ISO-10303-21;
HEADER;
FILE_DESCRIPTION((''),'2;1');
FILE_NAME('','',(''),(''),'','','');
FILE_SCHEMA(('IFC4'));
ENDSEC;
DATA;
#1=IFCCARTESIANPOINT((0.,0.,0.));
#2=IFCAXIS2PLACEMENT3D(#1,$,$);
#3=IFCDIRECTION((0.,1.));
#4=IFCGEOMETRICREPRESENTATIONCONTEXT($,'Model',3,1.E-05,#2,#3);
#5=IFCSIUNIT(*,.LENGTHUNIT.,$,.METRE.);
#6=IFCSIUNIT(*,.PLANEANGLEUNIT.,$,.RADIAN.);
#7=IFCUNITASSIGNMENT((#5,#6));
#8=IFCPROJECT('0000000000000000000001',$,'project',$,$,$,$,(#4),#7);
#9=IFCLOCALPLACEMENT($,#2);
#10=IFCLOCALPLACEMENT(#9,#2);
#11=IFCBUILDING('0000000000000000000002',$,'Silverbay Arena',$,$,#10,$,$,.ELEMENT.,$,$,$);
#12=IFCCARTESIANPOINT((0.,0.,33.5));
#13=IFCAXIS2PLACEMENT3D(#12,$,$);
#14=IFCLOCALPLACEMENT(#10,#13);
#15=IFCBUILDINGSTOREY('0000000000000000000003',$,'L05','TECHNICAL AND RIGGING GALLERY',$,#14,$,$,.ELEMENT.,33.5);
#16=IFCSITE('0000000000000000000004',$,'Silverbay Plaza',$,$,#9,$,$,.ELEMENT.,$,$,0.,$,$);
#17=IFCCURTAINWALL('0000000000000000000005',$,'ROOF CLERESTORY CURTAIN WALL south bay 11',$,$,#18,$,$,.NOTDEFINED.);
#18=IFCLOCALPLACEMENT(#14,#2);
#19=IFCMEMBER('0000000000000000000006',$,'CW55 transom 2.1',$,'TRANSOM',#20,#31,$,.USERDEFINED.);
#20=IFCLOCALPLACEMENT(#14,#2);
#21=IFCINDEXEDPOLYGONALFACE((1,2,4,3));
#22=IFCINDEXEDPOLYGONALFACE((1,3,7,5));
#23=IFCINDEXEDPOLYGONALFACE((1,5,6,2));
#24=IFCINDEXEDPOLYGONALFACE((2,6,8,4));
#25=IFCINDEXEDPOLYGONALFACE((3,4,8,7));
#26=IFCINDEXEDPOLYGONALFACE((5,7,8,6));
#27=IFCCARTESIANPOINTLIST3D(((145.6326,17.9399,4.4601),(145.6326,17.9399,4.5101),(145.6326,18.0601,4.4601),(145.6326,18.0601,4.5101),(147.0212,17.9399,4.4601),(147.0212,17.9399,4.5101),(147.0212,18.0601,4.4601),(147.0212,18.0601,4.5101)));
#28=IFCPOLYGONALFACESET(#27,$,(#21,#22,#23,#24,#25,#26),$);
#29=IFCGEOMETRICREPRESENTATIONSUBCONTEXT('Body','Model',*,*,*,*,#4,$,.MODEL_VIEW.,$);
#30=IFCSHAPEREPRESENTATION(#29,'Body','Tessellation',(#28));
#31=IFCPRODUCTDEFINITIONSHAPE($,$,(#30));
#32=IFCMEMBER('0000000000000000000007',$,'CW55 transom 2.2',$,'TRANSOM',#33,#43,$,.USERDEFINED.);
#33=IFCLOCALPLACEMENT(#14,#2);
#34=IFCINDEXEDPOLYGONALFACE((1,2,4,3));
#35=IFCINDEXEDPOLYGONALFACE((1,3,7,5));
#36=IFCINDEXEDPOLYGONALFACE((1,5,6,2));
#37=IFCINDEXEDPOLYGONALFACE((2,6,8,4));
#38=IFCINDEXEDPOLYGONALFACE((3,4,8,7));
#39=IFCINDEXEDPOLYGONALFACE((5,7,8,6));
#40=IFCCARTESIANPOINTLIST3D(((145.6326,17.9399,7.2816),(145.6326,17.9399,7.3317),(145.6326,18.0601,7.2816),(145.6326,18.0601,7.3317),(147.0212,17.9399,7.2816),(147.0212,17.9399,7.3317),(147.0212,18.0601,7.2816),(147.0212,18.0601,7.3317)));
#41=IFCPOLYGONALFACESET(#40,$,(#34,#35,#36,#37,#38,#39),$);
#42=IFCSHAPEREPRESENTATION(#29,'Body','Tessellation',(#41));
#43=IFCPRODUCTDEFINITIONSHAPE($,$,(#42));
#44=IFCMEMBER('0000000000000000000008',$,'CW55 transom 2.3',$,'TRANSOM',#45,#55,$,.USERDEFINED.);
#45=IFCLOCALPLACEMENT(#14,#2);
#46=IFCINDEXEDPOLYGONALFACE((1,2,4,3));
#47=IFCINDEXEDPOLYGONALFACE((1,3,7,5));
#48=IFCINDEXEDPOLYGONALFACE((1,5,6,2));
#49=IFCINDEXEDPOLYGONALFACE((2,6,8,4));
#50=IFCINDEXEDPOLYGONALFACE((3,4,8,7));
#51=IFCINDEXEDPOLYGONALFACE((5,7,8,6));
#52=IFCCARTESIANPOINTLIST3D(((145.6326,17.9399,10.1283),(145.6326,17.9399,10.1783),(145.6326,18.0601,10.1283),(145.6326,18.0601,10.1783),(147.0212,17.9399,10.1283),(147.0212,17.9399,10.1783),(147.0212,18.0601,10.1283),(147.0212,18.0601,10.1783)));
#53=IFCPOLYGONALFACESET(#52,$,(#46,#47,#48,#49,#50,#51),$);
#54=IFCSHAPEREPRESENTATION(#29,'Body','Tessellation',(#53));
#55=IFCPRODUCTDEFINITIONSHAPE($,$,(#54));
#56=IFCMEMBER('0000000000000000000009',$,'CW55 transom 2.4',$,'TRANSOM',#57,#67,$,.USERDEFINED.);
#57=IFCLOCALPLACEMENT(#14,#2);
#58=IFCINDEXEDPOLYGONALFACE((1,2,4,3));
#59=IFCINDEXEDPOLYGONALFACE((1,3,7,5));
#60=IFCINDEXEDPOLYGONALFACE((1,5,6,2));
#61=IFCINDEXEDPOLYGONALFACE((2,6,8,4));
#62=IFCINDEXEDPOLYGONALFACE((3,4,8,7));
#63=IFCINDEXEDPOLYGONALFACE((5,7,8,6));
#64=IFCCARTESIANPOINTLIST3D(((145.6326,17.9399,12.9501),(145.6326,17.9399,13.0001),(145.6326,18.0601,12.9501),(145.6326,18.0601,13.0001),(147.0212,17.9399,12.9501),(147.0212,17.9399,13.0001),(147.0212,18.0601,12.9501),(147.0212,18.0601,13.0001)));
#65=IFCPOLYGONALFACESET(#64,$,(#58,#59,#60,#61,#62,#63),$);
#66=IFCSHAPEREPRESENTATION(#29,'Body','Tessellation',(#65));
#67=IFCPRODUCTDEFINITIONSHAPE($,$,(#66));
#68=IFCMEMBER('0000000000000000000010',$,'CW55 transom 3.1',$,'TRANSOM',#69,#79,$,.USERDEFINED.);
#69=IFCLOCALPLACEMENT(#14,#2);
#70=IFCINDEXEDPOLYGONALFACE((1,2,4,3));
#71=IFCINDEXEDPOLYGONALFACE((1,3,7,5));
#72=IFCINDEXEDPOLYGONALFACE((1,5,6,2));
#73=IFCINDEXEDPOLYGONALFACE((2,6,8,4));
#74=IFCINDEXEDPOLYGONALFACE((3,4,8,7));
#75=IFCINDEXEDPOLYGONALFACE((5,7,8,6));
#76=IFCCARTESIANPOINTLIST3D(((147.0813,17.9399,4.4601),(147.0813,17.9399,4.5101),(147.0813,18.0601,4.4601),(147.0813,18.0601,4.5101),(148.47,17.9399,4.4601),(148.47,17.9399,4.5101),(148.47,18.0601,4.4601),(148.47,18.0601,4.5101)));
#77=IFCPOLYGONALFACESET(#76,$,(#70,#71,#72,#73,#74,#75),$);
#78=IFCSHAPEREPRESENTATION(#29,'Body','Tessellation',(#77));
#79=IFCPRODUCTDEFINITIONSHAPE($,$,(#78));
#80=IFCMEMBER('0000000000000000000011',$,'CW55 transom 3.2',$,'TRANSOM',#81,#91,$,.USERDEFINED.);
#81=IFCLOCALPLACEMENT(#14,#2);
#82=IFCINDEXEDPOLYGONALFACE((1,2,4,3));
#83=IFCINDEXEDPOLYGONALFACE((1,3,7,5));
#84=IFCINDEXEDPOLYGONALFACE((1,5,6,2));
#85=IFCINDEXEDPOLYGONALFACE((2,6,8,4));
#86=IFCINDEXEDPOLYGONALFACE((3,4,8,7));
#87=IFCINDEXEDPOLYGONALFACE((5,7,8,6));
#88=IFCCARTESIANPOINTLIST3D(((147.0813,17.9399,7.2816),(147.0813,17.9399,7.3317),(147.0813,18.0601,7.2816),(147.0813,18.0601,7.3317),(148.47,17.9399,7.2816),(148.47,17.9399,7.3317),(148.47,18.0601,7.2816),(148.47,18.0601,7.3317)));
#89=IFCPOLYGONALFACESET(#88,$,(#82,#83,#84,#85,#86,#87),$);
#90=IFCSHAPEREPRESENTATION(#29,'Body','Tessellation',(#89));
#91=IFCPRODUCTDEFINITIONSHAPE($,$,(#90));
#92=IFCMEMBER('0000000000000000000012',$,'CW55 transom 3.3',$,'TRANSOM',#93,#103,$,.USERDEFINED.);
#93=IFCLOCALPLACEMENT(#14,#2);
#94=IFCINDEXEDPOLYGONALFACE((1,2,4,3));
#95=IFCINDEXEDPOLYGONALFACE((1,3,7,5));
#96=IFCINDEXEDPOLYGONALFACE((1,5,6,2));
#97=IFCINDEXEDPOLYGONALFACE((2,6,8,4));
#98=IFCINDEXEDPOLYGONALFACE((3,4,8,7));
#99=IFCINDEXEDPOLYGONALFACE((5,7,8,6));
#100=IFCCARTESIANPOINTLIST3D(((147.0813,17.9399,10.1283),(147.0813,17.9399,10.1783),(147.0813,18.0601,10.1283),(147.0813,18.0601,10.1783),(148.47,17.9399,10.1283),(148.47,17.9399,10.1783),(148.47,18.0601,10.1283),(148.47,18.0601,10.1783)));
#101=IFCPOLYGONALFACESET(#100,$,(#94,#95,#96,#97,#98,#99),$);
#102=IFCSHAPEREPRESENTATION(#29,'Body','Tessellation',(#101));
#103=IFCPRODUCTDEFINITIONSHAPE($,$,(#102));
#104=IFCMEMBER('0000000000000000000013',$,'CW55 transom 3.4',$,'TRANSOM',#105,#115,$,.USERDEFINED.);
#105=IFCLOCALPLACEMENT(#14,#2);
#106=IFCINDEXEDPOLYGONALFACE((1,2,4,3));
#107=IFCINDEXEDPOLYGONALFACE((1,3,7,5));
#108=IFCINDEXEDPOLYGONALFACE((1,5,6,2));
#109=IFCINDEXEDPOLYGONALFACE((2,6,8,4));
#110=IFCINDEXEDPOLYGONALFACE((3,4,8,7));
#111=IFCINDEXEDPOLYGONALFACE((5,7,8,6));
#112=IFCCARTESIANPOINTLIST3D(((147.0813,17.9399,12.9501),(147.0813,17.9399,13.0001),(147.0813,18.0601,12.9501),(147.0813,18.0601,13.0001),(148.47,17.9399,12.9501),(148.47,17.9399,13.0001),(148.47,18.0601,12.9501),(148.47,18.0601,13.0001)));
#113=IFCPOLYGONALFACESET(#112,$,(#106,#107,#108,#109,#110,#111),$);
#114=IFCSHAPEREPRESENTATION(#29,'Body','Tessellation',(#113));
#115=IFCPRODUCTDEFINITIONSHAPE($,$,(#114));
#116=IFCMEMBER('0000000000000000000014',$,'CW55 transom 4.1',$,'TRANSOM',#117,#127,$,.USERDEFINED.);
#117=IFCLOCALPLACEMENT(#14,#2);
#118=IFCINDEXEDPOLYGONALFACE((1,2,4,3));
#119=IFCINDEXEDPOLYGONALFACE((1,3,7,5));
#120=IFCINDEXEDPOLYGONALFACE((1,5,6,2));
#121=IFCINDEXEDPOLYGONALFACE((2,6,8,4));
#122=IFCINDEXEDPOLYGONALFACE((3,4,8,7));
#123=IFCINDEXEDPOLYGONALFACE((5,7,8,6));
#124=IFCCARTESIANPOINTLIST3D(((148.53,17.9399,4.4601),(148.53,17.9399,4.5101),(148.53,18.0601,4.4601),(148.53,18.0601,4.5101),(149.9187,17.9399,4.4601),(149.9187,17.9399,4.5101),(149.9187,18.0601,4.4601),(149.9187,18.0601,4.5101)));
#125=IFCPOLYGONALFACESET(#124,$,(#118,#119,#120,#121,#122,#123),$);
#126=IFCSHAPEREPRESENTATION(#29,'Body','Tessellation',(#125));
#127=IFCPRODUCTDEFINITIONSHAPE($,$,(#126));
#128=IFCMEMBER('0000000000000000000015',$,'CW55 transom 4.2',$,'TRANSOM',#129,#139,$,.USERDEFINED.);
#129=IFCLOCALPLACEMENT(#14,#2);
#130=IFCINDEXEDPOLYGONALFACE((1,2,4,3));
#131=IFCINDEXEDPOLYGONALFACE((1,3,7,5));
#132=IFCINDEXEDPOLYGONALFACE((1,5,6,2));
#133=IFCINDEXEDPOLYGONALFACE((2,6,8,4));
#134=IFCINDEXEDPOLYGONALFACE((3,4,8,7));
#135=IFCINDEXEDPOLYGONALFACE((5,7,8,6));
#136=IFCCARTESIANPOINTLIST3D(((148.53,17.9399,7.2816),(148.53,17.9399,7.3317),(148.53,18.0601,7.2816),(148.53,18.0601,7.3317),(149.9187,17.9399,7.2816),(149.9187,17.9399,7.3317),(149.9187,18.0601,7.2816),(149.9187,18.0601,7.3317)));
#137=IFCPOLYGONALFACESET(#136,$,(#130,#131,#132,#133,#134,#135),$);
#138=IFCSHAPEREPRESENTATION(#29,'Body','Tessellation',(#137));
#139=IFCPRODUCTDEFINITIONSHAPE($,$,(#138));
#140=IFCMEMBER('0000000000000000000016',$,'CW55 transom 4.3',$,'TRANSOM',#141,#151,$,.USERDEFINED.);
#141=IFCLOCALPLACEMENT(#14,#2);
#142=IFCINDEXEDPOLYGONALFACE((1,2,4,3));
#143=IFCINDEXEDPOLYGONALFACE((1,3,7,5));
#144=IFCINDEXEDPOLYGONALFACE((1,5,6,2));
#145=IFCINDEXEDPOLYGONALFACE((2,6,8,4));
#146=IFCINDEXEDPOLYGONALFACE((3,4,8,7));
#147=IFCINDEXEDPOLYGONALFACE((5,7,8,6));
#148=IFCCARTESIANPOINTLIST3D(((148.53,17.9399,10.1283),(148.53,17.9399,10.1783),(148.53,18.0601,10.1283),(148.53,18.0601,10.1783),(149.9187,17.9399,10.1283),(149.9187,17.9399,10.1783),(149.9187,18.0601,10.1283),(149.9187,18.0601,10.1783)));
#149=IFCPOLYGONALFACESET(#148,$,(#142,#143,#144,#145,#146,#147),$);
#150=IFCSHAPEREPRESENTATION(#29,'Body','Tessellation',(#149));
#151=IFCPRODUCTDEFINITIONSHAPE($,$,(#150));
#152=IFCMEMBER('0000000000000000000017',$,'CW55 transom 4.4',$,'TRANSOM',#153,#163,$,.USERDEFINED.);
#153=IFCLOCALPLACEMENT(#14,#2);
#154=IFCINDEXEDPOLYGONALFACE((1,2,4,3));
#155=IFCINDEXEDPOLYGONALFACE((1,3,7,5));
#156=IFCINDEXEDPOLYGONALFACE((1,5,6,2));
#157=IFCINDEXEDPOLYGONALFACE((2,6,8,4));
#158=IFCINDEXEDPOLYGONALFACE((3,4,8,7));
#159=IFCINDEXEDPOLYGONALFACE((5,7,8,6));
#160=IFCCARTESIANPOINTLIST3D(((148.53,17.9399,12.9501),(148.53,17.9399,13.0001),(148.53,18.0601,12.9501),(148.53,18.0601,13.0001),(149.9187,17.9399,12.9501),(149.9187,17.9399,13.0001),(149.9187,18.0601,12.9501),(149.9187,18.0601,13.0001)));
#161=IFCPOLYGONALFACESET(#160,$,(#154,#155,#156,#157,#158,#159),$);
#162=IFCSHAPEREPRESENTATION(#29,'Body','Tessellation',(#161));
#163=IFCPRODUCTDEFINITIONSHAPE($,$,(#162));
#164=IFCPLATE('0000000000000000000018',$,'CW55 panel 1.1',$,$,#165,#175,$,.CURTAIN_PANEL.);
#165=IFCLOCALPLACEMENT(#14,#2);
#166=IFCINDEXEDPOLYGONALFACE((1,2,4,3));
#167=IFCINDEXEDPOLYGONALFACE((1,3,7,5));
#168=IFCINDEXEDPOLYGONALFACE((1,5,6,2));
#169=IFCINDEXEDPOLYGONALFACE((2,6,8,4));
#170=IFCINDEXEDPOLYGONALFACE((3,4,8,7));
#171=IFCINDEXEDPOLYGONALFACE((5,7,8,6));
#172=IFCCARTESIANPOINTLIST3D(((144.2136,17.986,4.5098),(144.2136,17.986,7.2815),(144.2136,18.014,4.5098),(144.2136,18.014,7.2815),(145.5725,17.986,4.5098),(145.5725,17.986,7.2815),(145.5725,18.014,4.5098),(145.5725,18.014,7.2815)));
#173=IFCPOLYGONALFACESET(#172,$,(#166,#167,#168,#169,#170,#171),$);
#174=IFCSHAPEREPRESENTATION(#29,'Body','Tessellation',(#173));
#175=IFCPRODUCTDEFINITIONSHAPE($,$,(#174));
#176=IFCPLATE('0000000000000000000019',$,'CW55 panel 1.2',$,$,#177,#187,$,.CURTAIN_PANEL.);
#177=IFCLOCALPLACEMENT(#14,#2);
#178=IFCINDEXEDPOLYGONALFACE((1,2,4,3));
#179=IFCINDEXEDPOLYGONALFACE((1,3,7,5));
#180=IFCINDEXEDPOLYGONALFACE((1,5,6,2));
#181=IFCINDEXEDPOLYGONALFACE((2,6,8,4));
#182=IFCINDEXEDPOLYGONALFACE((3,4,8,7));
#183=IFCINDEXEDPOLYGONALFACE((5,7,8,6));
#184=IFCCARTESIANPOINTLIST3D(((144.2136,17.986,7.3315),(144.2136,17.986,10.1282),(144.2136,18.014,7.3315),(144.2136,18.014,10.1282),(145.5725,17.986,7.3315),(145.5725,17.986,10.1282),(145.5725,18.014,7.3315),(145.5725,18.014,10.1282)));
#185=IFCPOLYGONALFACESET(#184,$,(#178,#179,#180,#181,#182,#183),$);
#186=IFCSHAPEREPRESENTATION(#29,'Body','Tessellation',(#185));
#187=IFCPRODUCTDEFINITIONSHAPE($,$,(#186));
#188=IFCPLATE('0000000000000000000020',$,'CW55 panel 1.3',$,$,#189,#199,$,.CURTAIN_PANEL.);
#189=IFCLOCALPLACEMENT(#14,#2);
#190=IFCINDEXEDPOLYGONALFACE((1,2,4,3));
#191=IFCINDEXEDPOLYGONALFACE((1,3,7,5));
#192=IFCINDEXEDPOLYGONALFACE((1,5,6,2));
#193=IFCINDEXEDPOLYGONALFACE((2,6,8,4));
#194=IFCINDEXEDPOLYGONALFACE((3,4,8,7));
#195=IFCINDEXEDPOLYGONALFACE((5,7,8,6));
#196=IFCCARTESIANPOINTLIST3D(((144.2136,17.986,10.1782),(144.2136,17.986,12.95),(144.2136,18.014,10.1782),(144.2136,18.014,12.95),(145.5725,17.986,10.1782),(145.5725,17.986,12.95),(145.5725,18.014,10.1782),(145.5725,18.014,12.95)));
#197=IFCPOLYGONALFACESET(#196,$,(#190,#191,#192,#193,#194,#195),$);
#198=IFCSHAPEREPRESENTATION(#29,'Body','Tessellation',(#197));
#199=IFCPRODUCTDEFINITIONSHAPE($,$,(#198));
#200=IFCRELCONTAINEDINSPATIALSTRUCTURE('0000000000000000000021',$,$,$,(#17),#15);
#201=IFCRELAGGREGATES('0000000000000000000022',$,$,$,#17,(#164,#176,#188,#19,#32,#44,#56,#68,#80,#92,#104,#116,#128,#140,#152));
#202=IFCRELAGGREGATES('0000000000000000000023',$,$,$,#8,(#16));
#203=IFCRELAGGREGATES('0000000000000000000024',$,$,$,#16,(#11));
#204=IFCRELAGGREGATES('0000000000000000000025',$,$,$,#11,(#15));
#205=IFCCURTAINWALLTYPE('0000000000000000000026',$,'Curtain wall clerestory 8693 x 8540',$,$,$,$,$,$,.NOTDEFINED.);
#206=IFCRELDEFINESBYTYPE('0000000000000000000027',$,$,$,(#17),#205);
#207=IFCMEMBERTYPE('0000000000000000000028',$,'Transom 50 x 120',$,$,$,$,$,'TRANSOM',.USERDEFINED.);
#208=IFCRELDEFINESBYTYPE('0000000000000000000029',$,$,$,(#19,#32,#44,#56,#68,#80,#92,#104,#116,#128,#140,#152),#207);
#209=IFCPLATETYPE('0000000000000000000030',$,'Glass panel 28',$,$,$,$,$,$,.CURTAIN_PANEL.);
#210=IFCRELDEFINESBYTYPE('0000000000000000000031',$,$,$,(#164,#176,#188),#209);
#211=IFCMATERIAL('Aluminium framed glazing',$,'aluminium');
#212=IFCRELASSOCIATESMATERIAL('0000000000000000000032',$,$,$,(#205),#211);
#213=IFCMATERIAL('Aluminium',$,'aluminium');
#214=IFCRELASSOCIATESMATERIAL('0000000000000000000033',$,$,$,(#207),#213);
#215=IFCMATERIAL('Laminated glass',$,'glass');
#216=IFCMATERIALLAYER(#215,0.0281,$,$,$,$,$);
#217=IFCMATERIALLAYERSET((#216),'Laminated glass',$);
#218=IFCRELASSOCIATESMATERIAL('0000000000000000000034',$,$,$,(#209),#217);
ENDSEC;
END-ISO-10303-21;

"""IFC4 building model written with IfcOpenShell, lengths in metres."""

from ifc_helpers import new_model, si_unit, direction, frame, origin, origin_2d, place, context, subcontext, project, spatial, rectangle, extrude, material, layer, layer_set, material_profile, profile_set, type_object, element, aggregate, save


model = new_model("IFC4")

# Units and contexts
model_context = context("Model", 3, precision=1e-05, world=origin(), true_north=direction((0.0, 1.0)))
body_context = subcontext(model_context, "Body", "Model", "MODEL_VIEW")
ifc_project = project(units=[si_unit("LENGTHUNIT", "METRE"), si_unit("PLANEANGLEUNIT", "RADIAN")], contexts=[model_context])

# Site, building, storey
site_placement = place(None, origin())
site = spatial("IfcSite", under=ifc_project, at=site_placement, Name="Silverbay Plaza", CompositionType="ELEMENT", RefElevation=0.0)
building_placement = place(site_placement, origin())
building = spatial("IfcBuilding", under=site, at=building_placement, Name="Silverbay Arena", CompositionType="ELEMENT")
storey_placement = place(building_placement, frame((0.0, 0.0, 33.5)))
storey = spatial("IfcBuildingStorey", under=building, at=storey_placement, Name="L05", Description="TECHNICAL AND RIGGING GALLERY", CompositionType="ELEMENT", Elevation=33.5)

# Curtain wall
ifc_material_1 = material(Name="Aluminium framed glazing", Category="aluminium")
curtain_wall_type = type_object("IfcCurtainWallType", Name="Curtain wall clerestory 8693 x 8540", PredefinedType="NOTDEFINED", material=ifc_material_1)
curtain_wall_placement = place(storey_placement, origin())
curtain_wall = element("IfcCurtainWall", 1, at=curtain_wall_placement, inside=storey, type_object=curtain_wall_type, Name="ROOF CLERESTORY CURTAIN WALL south bay 11", PredefinedType="NOTDEFINED")

# Members
ifc_material_2 = material(Name="Aluminium", Category="aluminium")
ifc_material_profile_1 = material_profile(ifc_material_2, rectangle(XDim=0.1201, YDim=0.05, at=origin_2d()), Name="Transom 50 x 120")
ifc_profile_set_1 = profile_set([ifc_material_profile_1], Name="Aluminium")
member_type_1 = type_object("IfcMemberType", Name="Transom 50 x 120", ElementType="TRANSOM", PredefinedType="USERDEFINED", material=ifc_profile_set_1)
member_1_placement = place(storey_placement, frame((145.6326, 18.0, 4.4851), z_axis=(1.0, 0.0, 0.0), x_axis=(0.0, 1.0, 0.0)))
member_1 = element("IfcMember", 2, at=member_1_placement, type_object=member_type_1, Name="CW55 transom 2.1", ObjectType="TRANSOM", PredefinedType="USERDEFINED", context=body_context, shape_type="SweptSolid", body=[
    extrude(rectangle(XDim=0.1201, YDim=0.05, at=origin_2d()), origin(), (0.0, 0.0, 1.0), 1.3887),
])
member_2_placement = place(storey_placement, frame((145.6326, 18.0, 7.3066), z_axis=(1.0, 0.0, 0.0), x_axis=(0.0, 1.0, 0.0)))
member_2 = element("IfcMember", 3, at=member_2_placement, type_object=member_type_1, Name="CW55 transom 2.2", ObjectType="TRANSOM", PredefinedType="USERDEFINED", context=body_context, shape_type="SweptSolid", body=[
    extrude(rectangle(XDim=0.1201, YDim=0.05, at=origin_2d()), origin(), (0.0, 0.0, 1.0), 1.3887),
])
member_3_placement = place(storey_placement, frame((145.6326, 18.0, 10.1533), z_axis=(1.0, 0.0, 0.0), x_axis=(0.0, 1.0, 0.0)))
member_3 = element("IfcMember", 4, at=member_3_placement, type_object=member_type_1, Name="CW55 transom 2.3", ObjectType="TRANSOM", PredefinedType="USERDEFINED", context=body_context, shape_type="SweptSolid", body=[
    extrude(rectangle(XDim=0.1201, YDim=0.05, at=origin_2d()), origin(), (0.0, 0.0, 1.0), 1.3887),
])
member_4_placement = place(storey_placement, frame((145.6326, 18.0, 12.9751), z_axis=(1.0, 0.0, 0.0), x_axis=(0.0, 1.0, 0.0)))
member_4 = element("IfcMember", 5, at=member_4_placement, type_object=member_type_1, Name="CW55 transom 2.4", ObjectType="TRANSOM", PredefinedType="USERDEFINED", context=body_context, shape_type="SweptSolid", body=[
    extrude(rectangle(XDim=0.1201, YDim=0.05, at=origin_2d()), origin(), (0.0, 0.0, 1.0), 1.3887),
])
member_5_placement = place(storey_placement, frame((147.0813, 18.0, 4.4851), z_axis=(1.0, 0.0, 0.0), x_axis=(0.0, 1.0, 0.0)))
member_5 = element("IfcMember", 6, at=member_5_placement, type_object=member_type_1, Name="CW55 transom 3.1", ObjectType="TRANSOM", PredefinedType="USERDEFINED", context=body_context, shape_type="SweptSolid", body=[
    extrude(rectangle(XDim=0.1201, YDim=0.05, at=origin_2d()), origin(), (0.0, 0.0, 1.0), 1.3887),
])
member_6_placement = place(storey_placement, frame((147.0813, 18.0, 7.3066), z_axis=(1.0, 0.0, 0.0), x_axis=(0.0, 1.0, 0.0)))
member_6 = element("IfcMember", 7, at=member_6_placement, type_object=member_type_1, Name="CW55 transom 3.2", ObjectType="TRANSOM", PredefinedType="USERDEFINED", context=body_context, shape_type="SweptSolid", body=[
    extrude(rectangle(XDim=0.1201, YDim=0.05, at=origin_2d()), origin(), (0.0, 0.0, 1.0), 1.3887),
])
member_7_placement = place(storey_placement, frame((147.0813, 18.0, 10.1533), z_axis=(1.0, 0.0, 0.0), x_axis=(0.0, 1.0, 0.0)))
member_7 = element("IfcMember", 8, at=member_7_placement, type_object=member_type_1, Name="CW55 transom 3.3", ObjectType="TRANSOM", PredefinedType="USERDEFINED", context=body_context, shape_type="SweptSolid", body=[
    extrude(rectangle(XDim=0.1201, YDim=0.05, at=origin_2d()), origin(), (0.0, 0.0, 1.0), 1.3887),
])
member_8_placement = place(storey_placement, frame((147.0813, 18.0, 12.9751), z_axis=(1.0, 0.0, 0.0), x_axis=(0.0, 1.0, 0.0)))
member_8 = element("IfcMember", 9, at=member_8_placement, type_object=member_type_1, Name="CW55 transom 3.4", ObjectType="TRANSOM", PredefinedType="USERDEFINED", context=body_context, shape_type="SweptSolid", body=[
    extrude(rectangle(XDim=0.1201, YDim=0.05, at=origin_2d()), origin(), (0.0, 0.0, 1.0), 1.3887),
])
member_9_placement = place(storey_placement, frame((148.53, 18.0, 4.4851), z_axis=(1.0, 0.0, 0.0), x_axis=(0.0, 1.0, 0.0)))
member_9 = element("IfcMember", 10, at=member_9_placement, type_object=member_type_1, Name="CW55 transom 4.1", ObjectType="TRANSOM", PredefinedType="USERDEFINED", context=body_context, shape_type="SweptSolid", body=[
    extrude(rectangle(XDim=0.1201, YDim=0.05, at=origin_2d()), origin(), (0.0, 0.0, 1.0), 1.3887),
])
member_10_placement = place(storey_placement, frame((148.53, 18.0, 7.3066), z_axis=(1.0, 0.0, 0.0), x_axis=(0.0, 1.0, 0.0)))
member_10 = element("IfcMember", 11, at=member_10_placement, type_object=member_type_1, Name="CW55 transom 4.2", ObjectType="TRANSOM", PredefinedType="USERDEFINED", context=body_context, shape_type="SweptSolid", body=[
    extrude(rectangle(XDim=0.1201, YDim=0.05, at=origin_2d()), origin(), (0.0, 0.0, 1.0), 1.3887),
])
member_11_placement = place(storey_placement, frame((148.53, 18.0, 10.1533), z_axis=(1.0, 0.0, 0.0), x_axis=(0.0, 1.0, 0.0)))
member_11 = element("IfcMember", 12, at=member_11_placement, type_object=member_type_1, Name="CW55 transom 4.3", ObjectType="TRANSOM", PredefinedType="USERDEFINED", context=body_context, shape_type="SweptSolid", body=[
    extrude(rectangle(XDim=0.1201, YDim=0.05, at=origin_2d()), origin(), (0.0, 0.0, 1.0), 1.3887),
])
member_12_placement = place(storey_placement, frame((148.53, 18.0, 12.9751), z_axis=(1.0, 0.0, 0.0), x_axis=(0.0, 1.0, 0.0)))
member_12 = element("IfcMember", 13, at=member_12_placement, type_object=member_type_1, Name="CW55 transom 4.4", ObjectType="TRANSOM", PredefinedType="USERDEFINED", context=body_context, shape_type="SweptSolid", body=[
    extrude(rectangle(XDim=0.1201, YDim=0.05, at=origin_2d()), origin(), (0.0, 0.0, 1.0), 1.3887),
])

# Plates
ifc_material_3 = material(Name="Laminated glass", Category="glass")
ifc_layer = layer(ifc_material_3, 0.0281)
ifc_layer_set = layer_set([ifc_layer], Name="Laminated glass")
plate_type = type_object("IfcPlateType", Name="Glass panel 28", PredefinedType="CURTAIN_PANEL", material=ifc_layer_set)
plate_1_placement = place(storey_placement, frame((144.8931, 18.0, 4.5098), z_axis=(0.0, 0.0, 1.0), x_axis=(1.0, 0.0, 0.0)))
plate_1 = element("IfcPlate", 14, at=plate_1_placement, type_object=plate_type, Name="CW55 panel 1.1", PredefinedType="CURTAIN_PANEL", context=body_context, shape_type="SweptSolid", body=[
    extrude(rectangle(XDim=1.3589, YDim=0.0281, at=origin_2d()), origin(), (0.0, 0.0, 1.0), 2.7717),
])
plate_2_placement = place(storey_placement, frame((144.8931, 18.0, 7.3315), z_axis=(0.0, 0.0, 1.0), x_axis=(1.0, 0.0, 0.0)))
plate_2 = element("IfcPlate", 15, at=plate_2_placement, type_object=plate_type, Name="CW55 panel 1.2", PredefinedType="CURTAIN_PANEL", context=body_context, shape_type="SweptSolid", body=[
    extrude(rectangle(XDim=1.3589, YDim=0.0281, at=origin_2d()), origin(), (0.0, 0.0, 1.0), 2.7966),
])
plate_3_placement = place(storey_placement, frame((144.8931, 18.0, 10.1782), z_axis=(0.0, 0.0, 1.0), x_axis=(1.0, 0.0, 0.0)))
plate_3 = element("IfcPlate", 16, at=plate_3_placement, type_object=plate_type, Name="CW55 panel 1.3", PredefinedType="CURTAIN_PANEL", context=body_context, shape_type="SweptSolid", body=[
    extrude(rectangle(XDim=1.3589, YDim=0.0281, at=origin_2d()), origin(), (0.0, 0.0, 1.0), 2.7717),
])
aggregate(curtain_wall, [plate_1, plate_2, plate_3, member_1, member_2, member_3, member_4, member_5, member_6, member_7, member_8, member_9, member_10, member_11, member_12])

save(model, "model.ifc")
